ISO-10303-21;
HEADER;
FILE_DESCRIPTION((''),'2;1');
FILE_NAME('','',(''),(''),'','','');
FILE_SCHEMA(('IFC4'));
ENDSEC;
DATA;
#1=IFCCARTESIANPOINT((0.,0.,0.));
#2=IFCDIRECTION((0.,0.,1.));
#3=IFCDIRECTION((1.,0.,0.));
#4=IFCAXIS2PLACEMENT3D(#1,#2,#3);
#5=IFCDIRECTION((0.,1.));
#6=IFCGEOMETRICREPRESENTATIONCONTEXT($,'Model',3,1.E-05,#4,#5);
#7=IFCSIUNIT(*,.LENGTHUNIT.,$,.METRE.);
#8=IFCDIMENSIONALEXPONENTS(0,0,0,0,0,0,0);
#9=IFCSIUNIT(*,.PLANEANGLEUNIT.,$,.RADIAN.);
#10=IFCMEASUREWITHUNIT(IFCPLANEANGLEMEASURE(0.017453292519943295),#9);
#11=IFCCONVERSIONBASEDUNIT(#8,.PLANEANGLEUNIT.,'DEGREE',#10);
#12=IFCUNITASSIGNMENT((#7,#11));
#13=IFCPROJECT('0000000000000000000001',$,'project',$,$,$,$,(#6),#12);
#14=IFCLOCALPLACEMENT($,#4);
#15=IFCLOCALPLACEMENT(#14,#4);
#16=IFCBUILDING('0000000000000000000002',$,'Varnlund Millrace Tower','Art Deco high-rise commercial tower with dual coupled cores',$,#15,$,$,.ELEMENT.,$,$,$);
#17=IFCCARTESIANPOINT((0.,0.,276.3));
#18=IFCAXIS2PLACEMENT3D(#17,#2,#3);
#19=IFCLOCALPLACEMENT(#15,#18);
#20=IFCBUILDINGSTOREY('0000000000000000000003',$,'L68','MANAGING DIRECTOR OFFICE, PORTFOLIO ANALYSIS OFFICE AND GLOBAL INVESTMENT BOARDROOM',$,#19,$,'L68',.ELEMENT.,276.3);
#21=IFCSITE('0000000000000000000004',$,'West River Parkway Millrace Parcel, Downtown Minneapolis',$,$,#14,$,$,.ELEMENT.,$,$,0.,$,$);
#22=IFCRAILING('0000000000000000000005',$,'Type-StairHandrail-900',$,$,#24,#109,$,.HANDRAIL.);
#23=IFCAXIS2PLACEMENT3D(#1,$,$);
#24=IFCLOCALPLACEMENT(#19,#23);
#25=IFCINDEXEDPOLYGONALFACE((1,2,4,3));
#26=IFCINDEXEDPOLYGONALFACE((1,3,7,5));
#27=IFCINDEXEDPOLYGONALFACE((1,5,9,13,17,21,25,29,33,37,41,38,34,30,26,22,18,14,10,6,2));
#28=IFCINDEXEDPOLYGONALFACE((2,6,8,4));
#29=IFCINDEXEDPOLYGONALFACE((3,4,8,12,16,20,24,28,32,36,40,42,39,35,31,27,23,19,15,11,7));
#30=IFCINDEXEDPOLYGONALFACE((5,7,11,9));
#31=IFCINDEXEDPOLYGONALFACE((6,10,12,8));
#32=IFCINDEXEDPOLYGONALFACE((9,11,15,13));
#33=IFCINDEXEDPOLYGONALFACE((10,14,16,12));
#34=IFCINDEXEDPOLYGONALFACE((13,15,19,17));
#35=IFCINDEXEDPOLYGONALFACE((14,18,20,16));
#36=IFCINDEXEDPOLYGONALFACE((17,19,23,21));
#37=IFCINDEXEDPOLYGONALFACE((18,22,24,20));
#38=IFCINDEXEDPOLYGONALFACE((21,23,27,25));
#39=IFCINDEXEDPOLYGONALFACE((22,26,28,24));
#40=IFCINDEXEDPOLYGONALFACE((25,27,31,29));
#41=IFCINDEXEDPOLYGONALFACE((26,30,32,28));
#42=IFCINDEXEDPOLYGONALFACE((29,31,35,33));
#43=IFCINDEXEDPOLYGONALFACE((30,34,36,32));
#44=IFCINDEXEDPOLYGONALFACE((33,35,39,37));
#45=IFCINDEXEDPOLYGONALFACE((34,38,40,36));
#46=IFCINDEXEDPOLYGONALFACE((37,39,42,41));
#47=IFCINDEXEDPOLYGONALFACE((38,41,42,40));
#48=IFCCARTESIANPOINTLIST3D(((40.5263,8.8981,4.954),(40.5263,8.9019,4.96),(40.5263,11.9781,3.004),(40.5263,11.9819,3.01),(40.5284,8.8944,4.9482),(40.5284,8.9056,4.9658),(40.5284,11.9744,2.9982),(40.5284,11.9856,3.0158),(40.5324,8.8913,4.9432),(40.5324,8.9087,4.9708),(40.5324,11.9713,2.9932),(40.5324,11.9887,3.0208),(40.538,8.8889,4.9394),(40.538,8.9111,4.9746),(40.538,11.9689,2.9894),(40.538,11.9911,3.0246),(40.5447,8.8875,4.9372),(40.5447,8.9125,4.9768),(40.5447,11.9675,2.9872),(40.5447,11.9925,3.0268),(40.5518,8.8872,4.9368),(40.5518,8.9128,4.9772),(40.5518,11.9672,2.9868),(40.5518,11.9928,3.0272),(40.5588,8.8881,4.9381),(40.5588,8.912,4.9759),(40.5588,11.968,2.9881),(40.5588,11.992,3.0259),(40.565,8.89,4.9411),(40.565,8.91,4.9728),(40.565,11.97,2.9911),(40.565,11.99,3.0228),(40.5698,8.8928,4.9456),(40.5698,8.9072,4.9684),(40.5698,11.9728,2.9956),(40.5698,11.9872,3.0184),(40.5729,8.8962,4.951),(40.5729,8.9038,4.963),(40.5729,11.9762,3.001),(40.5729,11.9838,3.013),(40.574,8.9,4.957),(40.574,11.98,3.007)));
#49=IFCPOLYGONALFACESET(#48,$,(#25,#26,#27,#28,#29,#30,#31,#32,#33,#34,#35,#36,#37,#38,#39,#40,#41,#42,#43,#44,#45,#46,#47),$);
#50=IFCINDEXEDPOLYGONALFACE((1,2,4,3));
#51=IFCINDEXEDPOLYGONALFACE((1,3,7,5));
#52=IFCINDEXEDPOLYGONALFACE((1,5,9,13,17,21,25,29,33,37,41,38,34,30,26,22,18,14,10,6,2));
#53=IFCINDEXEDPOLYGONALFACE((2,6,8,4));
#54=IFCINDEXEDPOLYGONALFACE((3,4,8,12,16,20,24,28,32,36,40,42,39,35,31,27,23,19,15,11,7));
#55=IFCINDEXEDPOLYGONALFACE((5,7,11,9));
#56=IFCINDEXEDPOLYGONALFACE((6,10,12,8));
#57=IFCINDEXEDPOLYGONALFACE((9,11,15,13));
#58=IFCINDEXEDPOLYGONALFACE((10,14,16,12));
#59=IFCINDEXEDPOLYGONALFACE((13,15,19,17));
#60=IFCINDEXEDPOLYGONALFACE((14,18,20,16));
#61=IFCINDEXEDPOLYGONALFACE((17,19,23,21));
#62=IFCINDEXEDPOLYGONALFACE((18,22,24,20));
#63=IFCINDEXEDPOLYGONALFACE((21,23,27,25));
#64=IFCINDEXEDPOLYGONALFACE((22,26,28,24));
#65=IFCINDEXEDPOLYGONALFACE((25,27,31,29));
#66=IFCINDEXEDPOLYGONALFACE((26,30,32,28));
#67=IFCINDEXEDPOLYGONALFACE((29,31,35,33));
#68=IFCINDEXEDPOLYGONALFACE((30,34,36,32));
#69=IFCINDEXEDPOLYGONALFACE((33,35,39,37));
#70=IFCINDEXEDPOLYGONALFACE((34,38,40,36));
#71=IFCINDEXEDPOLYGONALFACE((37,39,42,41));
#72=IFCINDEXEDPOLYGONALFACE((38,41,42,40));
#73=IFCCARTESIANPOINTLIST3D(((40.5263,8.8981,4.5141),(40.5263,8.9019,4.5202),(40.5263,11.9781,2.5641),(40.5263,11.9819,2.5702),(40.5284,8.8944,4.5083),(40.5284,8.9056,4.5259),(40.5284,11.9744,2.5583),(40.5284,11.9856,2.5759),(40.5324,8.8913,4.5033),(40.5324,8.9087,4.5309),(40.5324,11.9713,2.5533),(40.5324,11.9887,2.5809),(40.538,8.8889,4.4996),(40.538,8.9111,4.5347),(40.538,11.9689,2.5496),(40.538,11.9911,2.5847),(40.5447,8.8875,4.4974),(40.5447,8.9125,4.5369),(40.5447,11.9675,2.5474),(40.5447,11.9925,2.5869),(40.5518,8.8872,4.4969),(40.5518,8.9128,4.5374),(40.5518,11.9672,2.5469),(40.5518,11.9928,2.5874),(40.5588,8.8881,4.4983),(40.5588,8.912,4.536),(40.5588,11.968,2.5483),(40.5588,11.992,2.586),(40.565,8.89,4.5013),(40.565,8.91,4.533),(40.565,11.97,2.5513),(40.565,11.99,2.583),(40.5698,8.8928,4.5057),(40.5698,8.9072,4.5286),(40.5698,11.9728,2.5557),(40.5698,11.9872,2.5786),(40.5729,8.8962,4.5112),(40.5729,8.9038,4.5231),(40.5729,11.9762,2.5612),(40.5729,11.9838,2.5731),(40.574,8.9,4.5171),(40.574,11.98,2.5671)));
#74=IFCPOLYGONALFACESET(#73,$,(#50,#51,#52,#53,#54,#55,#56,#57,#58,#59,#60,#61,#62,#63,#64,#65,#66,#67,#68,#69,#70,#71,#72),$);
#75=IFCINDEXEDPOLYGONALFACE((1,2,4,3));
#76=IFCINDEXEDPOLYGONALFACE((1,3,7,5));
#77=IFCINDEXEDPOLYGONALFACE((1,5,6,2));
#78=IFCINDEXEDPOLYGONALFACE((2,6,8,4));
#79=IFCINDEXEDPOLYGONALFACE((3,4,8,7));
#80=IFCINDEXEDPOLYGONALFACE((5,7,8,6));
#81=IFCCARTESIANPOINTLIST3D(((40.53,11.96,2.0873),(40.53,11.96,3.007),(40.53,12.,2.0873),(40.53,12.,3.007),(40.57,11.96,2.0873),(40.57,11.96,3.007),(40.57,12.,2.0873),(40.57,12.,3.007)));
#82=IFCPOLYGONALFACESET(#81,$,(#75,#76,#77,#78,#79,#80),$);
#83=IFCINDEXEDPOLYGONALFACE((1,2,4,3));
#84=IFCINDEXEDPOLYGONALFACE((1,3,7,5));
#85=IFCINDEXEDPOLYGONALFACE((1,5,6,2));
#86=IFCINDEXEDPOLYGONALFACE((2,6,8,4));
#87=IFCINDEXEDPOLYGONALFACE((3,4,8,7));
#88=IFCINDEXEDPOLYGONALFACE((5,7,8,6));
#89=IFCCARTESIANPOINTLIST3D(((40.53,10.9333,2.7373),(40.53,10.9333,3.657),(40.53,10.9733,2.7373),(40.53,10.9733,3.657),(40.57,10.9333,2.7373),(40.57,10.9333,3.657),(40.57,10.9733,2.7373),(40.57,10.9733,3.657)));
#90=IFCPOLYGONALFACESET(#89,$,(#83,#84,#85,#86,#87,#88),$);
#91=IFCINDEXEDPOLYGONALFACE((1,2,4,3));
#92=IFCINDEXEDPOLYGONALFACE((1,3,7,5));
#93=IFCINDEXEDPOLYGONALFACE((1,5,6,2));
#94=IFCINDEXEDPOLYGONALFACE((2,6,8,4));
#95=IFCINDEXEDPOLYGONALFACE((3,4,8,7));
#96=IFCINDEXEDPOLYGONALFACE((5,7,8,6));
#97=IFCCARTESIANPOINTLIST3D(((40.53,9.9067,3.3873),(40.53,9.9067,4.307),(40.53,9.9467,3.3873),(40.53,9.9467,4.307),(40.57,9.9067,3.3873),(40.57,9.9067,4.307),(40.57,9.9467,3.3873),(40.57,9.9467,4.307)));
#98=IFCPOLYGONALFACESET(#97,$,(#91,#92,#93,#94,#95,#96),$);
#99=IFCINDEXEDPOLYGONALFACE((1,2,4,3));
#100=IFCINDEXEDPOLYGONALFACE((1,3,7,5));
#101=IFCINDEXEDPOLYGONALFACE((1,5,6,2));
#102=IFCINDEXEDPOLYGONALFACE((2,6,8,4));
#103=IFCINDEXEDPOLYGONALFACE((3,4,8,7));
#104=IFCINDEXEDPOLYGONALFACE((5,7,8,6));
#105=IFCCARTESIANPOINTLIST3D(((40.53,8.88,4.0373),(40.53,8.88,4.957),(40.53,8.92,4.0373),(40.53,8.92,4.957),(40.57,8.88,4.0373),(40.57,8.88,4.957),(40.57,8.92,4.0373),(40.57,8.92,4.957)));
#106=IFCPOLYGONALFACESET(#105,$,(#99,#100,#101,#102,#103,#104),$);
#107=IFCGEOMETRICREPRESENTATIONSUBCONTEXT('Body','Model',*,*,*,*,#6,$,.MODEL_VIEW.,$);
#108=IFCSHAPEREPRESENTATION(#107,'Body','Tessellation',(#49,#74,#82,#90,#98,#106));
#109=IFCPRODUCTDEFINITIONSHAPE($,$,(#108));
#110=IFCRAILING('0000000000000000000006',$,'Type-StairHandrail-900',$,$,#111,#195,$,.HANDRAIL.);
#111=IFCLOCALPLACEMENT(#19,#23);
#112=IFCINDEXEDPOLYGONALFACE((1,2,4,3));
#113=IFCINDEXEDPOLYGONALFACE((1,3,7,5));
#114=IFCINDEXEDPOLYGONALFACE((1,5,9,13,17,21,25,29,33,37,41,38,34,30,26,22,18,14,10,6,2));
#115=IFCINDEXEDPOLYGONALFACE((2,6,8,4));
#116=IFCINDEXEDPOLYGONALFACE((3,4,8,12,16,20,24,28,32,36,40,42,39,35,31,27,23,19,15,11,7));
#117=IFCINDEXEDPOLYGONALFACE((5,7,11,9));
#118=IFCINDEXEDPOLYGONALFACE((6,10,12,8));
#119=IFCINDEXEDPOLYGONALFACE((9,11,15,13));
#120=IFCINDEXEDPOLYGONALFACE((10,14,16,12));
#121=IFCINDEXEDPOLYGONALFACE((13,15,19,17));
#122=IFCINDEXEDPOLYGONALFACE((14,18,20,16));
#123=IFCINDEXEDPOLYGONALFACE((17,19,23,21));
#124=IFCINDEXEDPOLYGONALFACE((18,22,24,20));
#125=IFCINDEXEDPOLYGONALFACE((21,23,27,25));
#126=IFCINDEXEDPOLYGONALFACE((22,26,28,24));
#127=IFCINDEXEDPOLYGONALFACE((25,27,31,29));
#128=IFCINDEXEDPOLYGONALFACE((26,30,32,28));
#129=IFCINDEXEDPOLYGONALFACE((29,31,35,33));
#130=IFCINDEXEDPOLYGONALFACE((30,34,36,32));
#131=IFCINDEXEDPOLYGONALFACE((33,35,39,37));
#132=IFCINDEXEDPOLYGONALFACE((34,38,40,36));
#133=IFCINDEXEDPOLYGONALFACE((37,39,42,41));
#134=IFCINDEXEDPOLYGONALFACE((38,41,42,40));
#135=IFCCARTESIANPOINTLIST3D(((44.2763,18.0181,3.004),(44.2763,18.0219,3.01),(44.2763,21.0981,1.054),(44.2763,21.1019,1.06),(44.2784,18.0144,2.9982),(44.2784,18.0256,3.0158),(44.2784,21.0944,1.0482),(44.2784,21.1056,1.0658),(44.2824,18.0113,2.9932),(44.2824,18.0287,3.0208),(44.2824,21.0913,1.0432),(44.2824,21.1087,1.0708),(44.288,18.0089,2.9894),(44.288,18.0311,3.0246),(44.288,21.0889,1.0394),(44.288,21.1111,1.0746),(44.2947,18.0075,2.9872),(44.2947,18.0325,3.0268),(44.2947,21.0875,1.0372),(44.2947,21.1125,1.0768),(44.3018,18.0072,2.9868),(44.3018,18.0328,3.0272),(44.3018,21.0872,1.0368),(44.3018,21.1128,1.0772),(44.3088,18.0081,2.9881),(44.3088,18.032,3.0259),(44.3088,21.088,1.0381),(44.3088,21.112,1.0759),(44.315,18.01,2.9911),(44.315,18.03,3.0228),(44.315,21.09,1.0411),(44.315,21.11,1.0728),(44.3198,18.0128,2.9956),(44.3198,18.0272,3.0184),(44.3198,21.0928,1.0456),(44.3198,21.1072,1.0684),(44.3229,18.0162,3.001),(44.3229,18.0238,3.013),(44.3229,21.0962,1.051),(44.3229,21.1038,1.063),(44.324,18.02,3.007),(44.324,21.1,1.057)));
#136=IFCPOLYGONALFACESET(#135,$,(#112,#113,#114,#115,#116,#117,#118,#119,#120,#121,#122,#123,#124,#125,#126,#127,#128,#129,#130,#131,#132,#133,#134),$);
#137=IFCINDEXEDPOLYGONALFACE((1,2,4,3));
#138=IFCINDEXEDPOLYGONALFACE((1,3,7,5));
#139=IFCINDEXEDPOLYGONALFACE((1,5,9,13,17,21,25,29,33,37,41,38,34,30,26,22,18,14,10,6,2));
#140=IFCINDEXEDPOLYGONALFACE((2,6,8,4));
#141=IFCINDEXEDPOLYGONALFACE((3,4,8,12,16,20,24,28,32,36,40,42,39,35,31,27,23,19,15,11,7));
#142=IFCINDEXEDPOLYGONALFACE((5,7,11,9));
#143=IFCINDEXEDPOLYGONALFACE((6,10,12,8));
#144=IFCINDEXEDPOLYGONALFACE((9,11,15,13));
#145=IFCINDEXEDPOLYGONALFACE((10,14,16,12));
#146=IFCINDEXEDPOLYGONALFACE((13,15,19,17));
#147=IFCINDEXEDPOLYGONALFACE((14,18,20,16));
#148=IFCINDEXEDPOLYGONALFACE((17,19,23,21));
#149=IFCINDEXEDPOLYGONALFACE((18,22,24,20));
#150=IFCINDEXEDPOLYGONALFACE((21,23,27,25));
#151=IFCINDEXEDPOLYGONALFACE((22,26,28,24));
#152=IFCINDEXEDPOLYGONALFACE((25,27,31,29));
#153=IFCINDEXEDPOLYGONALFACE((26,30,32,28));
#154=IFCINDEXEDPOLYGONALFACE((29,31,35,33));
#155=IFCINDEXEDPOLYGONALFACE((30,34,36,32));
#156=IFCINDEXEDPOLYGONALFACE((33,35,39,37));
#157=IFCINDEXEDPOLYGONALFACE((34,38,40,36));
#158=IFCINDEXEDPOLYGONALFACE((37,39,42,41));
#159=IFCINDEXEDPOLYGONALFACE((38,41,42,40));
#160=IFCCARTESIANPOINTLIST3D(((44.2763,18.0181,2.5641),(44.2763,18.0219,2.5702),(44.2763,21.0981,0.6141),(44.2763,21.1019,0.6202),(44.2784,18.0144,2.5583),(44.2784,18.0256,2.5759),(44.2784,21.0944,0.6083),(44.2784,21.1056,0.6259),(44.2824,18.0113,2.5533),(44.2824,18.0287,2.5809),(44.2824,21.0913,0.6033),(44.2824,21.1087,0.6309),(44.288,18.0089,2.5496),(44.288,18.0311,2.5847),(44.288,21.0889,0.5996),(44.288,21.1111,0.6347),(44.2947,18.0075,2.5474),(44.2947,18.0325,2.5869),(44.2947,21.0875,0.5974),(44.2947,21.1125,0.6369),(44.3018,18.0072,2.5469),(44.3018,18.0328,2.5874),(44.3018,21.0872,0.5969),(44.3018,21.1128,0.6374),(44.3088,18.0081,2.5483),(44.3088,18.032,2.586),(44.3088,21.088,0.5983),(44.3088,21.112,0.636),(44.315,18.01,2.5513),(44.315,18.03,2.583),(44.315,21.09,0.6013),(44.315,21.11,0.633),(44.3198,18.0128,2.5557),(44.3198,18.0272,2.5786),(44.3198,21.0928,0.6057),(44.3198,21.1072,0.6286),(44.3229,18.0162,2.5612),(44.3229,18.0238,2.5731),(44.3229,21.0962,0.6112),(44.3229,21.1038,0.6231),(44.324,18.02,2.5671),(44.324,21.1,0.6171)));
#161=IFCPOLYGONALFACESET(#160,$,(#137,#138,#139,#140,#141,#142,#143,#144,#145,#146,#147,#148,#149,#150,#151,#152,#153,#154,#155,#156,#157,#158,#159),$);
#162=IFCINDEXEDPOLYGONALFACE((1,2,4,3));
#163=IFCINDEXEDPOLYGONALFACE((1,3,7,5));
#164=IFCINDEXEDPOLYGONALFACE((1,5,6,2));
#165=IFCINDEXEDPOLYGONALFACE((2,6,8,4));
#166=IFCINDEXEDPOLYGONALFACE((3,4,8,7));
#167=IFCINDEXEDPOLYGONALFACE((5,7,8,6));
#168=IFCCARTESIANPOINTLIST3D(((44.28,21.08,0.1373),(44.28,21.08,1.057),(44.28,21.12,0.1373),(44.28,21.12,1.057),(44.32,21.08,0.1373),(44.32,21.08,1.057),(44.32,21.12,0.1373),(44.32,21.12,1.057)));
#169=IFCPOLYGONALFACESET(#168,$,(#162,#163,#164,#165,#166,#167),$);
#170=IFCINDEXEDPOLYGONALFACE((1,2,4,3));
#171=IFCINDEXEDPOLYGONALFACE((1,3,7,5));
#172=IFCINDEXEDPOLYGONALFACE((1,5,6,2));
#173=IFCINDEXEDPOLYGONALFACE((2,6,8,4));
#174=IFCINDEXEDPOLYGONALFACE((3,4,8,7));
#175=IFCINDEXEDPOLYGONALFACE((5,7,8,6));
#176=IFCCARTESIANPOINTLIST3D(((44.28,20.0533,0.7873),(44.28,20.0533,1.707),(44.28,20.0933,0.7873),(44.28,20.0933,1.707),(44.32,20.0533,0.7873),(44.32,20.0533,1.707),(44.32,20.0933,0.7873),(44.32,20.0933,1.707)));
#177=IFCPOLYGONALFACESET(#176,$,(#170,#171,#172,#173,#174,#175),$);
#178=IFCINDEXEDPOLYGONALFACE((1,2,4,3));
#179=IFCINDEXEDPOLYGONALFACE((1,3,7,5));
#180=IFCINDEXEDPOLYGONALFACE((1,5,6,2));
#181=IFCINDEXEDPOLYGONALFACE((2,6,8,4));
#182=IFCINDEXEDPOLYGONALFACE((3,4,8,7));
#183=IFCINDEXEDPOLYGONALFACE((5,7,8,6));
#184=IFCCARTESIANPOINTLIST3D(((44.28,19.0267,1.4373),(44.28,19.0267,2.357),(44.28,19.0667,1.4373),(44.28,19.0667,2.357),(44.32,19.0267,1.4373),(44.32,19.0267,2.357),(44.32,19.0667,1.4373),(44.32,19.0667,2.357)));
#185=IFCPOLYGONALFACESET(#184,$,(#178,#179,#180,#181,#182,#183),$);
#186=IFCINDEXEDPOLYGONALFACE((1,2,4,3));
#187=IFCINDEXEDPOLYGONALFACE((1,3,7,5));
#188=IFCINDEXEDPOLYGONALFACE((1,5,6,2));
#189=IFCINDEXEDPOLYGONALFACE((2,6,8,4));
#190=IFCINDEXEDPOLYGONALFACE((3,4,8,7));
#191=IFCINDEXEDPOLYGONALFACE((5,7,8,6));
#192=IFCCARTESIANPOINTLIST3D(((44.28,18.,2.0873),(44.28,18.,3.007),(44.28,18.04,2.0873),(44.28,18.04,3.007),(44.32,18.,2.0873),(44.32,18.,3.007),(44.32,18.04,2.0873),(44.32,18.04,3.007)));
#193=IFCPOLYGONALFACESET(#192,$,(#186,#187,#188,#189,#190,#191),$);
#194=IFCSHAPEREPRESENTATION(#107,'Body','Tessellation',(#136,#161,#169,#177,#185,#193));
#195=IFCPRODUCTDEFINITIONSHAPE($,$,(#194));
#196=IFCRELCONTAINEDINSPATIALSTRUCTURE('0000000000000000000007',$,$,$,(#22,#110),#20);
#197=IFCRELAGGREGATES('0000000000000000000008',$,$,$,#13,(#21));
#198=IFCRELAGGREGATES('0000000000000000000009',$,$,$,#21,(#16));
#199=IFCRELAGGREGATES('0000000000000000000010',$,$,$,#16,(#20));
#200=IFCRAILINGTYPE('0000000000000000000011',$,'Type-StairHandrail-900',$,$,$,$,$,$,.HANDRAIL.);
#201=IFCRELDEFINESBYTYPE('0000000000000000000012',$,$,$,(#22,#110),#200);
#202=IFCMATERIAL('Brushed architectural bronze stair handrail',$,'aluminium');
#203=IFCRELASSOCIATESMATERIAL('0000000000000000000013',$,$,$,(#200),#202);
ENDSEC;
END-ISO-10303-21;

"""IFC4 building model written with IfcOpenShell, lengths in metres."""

from ifc_helpers import new_model, entity, si_unit, converted_unit, direction, frame, origin_with_axes, origin_2d_with_axis, place, context, subcontext, project, spatial, rectangle, circle, extrude, material, type_object, element, save


model = new_model("IFC4")

# Units and contexts
model_context = context("Model", 3, precision=1e-05, world=origin_with_axes(), true_north=direction((0.0, 1.0)))
body_context = subcontext(model_context, "Body", "Model", "MODEL_VIEW")
ifc_project = project(units=[si_unit("LENGTHUNIT", "METRE"), converted_unit("PLANEANGLEUNIT", "DEGREE", entity("IfcPlaneAngleMeasure", 0.017453292519943295), si_unit("PLANEANGLEUNIT", "RADIAN"), dimensions=[0, 0, 0, 0, 0, 0, 0])], contexts=[model_context])

# Site, building, storey
site_placement = place(None, origin_with_axes())
site = spatial("IfcSite", under=ifc_project, at=site_placement, Name="West River Parkway Millrace Parcel, Downtown Minneapolis", CompositionType="ELEMENT", RefElevation=0.0)
building_placement = place(site_placement, origin_with_axes())
building = spatial("IfcBuilding", under=site, at=building_placement, Name="Varnlund Millrace Tower", Description="Art Deco high-rise commercial tower with dual coupled cores", CompositionType="ELEMENT")
storey_placement = place(building_placement, frame((0.0, 0.0, 276.3), z_axis=(0.0, 0.0, 1.0), x_axis=(1.0, 0.0, 0.0)))
storey = spatial("IfcBuildingStorey", under=building, at=storey_placement, Name="L68", Description="MANAGING DIRECTOR OFFICE, PORTFOLIO ANALYSIS OFFICE AND GLOBAL INVESTMENT BOARDROOM", LongName="L68", CompositionType="ELEMENT", Elevation=276.3)

# Railings
ifc_material_1 = material(Name="Brushed architectural bronze stair handrail", Category="aluminium")
railing_type_1 = type_object("IfcRailingType", Name="Type-StairHandrail-900", PredefinedType="HANDRAIL", material=ifc_material_1)
railing_1_placement = place(storey_placement, frame((0.0, 0.0, -276.3), z_axis=(0.0, 0.0, 1.0), x_axis=(1.0, 0.0, 0.0)))
element("IfcRailing", 1, at=railing_1_placement, inside=storey, type_object=railing_type_1, Name="Type-StairHandrail-900", PredefinedType="HANDRAIL", context=body_context, shape_type="SweptSolid", body=[
    extrude(circle(Radius=0.024, at=origin_2d_with_axis()), frame((40.55, 11.98, 279.307), z_axis=(0.0, -0.844902, 0.534922), x_axis=(1.0, 0.0, 0.0)), (0.0, 0.0, 1.0), 3.6454),
    extrude(circle(Radius=0.024, at=origin_2d_with_axis()), frame((40.55, 11.98, 278.8671), z_axis=(0.0, -0.844902, 0.534922), x_axis=(1.0, 0.0, 0.0)), (0.0, 0.0, 1.0), 3.6454),
    extrude(rectangle(XDim=0.04, YDim=0.04, at=origin_2d_with_axis()), frame((40.55, 11.98, 278.3873), z_axis=(0.0, 0.0, 1.0), x_axis=(1.0, 0.0, 0.0)), (0.0, 0.0, 1.0), 0.9197),
    extrude(rectangle(XDim=0.04, YDim=0.04, at=origin_2d_with_axis()), frame((40.55, 10.9533, 279.0373), z_axis=(0.0, 0.0, 1.0), x_axis=(1.0, 0.0, 0.0)), (0.0, 0.0, 1.0), 0.9197),
    extrude(rectangle(XDim=0.04, YDim=0.04, at=origin_2d_with_axis()), frame((40.55, 9.9267, 279.6873), z_axis=(0.0, 0.0, 1.0), x_axis=(1.0, 0.0, 0.0)), (0.0, 0.0, 1.0), 0.9197),
    extrude(rectangle(XDim=0.04, YDim=0.04, at=origin_2d_with_axis()), frame((40.55, 8.9, 280.3373), z_axis=(0.0, 0.0, 1.0), x_axis=(1.0, 0.0, 0.0)), (0.0, 0.0, 1.0), 0.9197),
])
railing_2_placement = place(storey_placement, frame((0.0, 0.0, -276.3), z_axis=(0.0, 0.0, 1.0), x_axis=(1.0, 0.0, 0.0)))
element("IfcRailing", 2, at=railing_2_placement, inside=storey, type_object=railing_type_1, Name="Type-StairHandrail-900", PredefinedType="HANDRAIL", context=body_context, shape_type="SweptSolid", body=[
    extrude(circle(Radius=0.024, at=origin_2d_with_axis()), frame((44.3, 21.1, 277.357), z_axis=(0.0, -0.844902, 0.534922), x_axis=(1.0, 0.0, 0.0)), (0.0, 0.0, 1.0), 3.6454),
    extrude(circle(Radius=0.024, at=origin_2d_with_axis()), frame((44.3, 21.1, 276.9171), z_axis=(0.0, -0.844902, 0.534922), x_axis=(1.0, 0.0, 0.0)), (0.0, 0.0, 1.0), 3.6454),
    extrude(rectangle(XDim=0.04, YDim=0.04, at=origin_2d_with_axis()), frame((44.3, 21.1, 276.4373), z_axis=(0.0, 0.0, 1.0), x_axis=(1.0, 0.0, 0.0)), (0.0, 0.0, 1.0), 0.9197),
    extrude(rectangle(XDim=0.04, YDim=0.04, at=origin_2d_with_axis()), frame((44.3, 20.0733, 277.0873), z_axis=(0.0, 0.0, 1.0), x_axis=(1.0, 0.0, 0.0)), (0.0, 0.0, 1.0), 0.9197),
    extrude(rectangle(XDim=0.04, YDim=0.04, at=origin_2d_with_axis()), frame((44.3, 19.0467, 277.7373), z_axis=(0.0, 0.0, 1.0), x_axis=(1.0, 0.0, 0.0)), (0.0, 0.0, 1.0), 0.9197),
    extrude(rectangle(XDim=0.04, YDim=0.04, at=origin_2d_with_axis()), frame((44.3, 18.02, 278.3873), z_axis=(0.0, 0.0, 1.0), x_axis=(1.0, 0.0, 0.0)), (0.0, 0.0, 1.0), 0.9197),
])

save(model, "model.ifc")
